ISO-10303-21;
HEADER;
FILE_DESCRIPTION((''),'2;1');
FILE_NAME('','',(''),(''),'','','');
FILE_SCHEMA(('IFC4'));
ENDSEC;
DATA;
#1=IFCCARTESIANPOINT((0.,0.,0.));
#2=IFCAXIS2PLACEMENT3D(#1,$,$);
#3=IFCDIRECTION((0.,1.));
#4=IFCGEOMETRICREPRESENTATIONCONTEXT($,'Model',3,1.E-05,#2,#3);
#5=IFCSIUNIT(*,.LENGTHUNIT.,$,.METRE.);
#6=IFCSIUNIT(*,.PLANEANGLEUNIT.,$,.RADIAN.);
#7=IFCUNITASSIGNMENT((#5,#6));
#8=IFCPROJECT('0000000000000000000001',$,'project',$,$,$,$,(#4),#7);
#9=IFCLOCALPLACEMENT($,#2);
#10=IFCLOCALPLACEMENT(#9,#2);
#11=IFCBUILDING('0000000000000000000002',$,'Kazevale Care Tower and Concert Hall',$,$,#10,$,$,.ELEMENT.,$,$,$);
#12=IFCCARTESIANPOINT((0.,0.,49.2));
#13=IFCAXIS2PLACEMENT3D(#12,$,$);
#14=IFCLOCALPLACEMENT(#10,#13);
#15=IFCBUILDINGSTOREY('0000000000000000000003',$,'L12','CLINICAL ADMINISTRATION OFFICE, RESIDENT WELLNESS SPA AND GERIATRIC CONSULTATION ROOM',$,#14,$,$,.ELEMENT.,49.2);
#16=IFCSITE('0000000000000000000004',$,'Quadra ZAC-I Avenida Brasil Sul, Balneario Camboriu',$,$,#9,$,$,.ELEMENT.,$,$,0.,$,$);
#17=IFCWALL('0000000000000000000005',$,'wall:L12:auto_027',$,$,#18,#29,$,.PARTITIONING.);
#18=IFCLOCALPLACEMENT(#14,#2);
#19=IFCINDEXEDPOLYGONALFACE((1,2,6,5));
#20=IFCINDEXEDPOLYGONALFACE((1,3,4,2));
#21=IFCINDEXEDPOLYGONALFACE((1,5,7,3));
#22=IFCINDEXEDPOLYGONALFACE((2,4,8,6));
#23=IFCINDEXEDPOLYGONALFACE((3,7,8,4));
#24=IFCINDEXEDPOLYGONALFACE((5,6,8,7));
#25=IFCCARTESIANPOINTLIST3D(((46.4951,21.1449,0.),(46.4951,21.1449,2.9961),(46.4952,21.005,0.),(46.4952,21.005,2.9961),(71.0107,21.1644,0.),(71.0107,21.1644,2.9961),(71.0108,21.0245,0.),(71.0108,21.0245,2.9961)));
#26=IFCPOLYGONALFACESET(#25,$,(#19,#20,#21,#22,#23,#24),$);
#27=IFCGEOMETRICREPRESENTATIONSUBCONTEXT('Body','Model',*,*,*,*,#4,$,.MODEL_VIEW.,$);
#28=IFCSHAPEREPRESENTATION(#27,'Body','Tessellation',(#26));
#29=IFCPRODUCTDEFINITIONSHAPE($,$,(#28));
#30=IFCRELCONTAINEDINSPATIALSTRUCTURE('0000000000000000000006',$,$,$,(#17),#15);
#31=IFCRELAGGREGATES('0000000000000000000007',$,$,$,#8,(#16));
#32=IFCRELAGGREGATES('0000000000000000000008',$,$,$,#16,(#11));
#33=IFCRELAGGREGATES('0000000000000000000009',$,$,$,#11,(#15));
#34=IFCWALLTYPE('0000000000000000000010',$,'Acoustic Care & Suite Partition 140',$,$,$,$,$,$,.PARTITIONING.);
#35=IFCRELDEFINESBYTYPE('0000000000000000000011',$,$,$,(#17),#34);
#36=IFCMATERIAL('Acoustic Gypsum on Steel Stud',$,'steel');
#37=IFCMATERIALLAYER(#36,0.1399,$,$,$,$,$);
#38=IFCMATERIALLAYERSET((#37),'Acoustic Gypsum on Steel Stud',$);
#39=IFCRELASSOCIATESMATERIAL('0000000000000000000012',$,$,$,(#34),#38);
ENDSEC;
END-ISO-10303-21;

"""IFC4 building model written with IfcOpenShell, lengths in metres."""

from ifc_helpers import new_model, si_unit, direction, frame, frame_2d, origin, place, context, subcontext, project, spatial, rectangle, extrude, material, layer, layer_set, type_object, element, save


model = new_model("IFC4")

# Units and contexts
model_context = context("Model", 3, precision=1e-05, world=origin(), true_north=direction((0.0, 1.0)))
body_context = subcontext(model_context, "Body", "Model", "MODEL_VIEW")
ifc_project = project(units=[si_unit("LENGTHUNIT", "METRE"), si_unit("PLANEANGLEUNIT", "RADIAN")], contexts=[model_context])

# Site, building, storey
site_placement = place(None, origin())
site = spatial("IfcSite", under=ifc_project, at=site_placement, Name="Quadra ZAC-I Avenida Brasil Sul, Balneario Camboriu", CompositionType="ELEMENT", RefElevation=0.0)
building_placement = place(site_placement, origin())
building = spatial("IfcBuilding", under=site, at=building_placement, Name="Kazevale Care Tower and Concert Hall", CompositionType="ELEMENT")
storey_placement = place(building_placement, frame((0.0, 0.0, 49.2)))
storey = spatial("IfcBuildingStorey", under=building, at=storey_placement, Name="L12", Description="CLINICAL ADMINISTRATION OFFICE, RESIDENT WELLNESS SPA AND GERIATRIC CONSULTATION ROOM", CompositionType="ELEMENT", Elevation=49.2)

# Wall
ifc_material_1 = material(Name="Acoustic Gypsum on Steel Stud", Category="steel")
ifc_layer_1 = layer(ifc_material_1, 0.1399)
ifc_layer_set_1 = layer_set([ifc_layer_1], Name="Acoustic Gypsum on Steel Stud")
wall_type = type_object("IfcWallType", Name="Acoustic Care & Suite Partition 140", PredefinedType="PARTITIONING", material=ifc_layer_set_1)
wall_placement = place(storey_placement, frame((71.0107, 21.0945, 0.0), z_axis=(0.0, 0.0, 1.0), x_axis=(-1.0, -0.000797, 0.0)))
element("IfcWall", 1, at=wall_placement, inside=storey, type_object=wall_type, Name="wall:L12:auto_027", PredefinedType="PARTITIONING", context=body_context, shape_type="SweptSolid", body=[
    extrude(rectangle(XDim=24.5156, YDim=0.1399, at=frame_2d((12.2578, 0.0))), origin(), (0.0, 0.0, 1.0), 2.9961),
])

save(model, "model.ifc")
